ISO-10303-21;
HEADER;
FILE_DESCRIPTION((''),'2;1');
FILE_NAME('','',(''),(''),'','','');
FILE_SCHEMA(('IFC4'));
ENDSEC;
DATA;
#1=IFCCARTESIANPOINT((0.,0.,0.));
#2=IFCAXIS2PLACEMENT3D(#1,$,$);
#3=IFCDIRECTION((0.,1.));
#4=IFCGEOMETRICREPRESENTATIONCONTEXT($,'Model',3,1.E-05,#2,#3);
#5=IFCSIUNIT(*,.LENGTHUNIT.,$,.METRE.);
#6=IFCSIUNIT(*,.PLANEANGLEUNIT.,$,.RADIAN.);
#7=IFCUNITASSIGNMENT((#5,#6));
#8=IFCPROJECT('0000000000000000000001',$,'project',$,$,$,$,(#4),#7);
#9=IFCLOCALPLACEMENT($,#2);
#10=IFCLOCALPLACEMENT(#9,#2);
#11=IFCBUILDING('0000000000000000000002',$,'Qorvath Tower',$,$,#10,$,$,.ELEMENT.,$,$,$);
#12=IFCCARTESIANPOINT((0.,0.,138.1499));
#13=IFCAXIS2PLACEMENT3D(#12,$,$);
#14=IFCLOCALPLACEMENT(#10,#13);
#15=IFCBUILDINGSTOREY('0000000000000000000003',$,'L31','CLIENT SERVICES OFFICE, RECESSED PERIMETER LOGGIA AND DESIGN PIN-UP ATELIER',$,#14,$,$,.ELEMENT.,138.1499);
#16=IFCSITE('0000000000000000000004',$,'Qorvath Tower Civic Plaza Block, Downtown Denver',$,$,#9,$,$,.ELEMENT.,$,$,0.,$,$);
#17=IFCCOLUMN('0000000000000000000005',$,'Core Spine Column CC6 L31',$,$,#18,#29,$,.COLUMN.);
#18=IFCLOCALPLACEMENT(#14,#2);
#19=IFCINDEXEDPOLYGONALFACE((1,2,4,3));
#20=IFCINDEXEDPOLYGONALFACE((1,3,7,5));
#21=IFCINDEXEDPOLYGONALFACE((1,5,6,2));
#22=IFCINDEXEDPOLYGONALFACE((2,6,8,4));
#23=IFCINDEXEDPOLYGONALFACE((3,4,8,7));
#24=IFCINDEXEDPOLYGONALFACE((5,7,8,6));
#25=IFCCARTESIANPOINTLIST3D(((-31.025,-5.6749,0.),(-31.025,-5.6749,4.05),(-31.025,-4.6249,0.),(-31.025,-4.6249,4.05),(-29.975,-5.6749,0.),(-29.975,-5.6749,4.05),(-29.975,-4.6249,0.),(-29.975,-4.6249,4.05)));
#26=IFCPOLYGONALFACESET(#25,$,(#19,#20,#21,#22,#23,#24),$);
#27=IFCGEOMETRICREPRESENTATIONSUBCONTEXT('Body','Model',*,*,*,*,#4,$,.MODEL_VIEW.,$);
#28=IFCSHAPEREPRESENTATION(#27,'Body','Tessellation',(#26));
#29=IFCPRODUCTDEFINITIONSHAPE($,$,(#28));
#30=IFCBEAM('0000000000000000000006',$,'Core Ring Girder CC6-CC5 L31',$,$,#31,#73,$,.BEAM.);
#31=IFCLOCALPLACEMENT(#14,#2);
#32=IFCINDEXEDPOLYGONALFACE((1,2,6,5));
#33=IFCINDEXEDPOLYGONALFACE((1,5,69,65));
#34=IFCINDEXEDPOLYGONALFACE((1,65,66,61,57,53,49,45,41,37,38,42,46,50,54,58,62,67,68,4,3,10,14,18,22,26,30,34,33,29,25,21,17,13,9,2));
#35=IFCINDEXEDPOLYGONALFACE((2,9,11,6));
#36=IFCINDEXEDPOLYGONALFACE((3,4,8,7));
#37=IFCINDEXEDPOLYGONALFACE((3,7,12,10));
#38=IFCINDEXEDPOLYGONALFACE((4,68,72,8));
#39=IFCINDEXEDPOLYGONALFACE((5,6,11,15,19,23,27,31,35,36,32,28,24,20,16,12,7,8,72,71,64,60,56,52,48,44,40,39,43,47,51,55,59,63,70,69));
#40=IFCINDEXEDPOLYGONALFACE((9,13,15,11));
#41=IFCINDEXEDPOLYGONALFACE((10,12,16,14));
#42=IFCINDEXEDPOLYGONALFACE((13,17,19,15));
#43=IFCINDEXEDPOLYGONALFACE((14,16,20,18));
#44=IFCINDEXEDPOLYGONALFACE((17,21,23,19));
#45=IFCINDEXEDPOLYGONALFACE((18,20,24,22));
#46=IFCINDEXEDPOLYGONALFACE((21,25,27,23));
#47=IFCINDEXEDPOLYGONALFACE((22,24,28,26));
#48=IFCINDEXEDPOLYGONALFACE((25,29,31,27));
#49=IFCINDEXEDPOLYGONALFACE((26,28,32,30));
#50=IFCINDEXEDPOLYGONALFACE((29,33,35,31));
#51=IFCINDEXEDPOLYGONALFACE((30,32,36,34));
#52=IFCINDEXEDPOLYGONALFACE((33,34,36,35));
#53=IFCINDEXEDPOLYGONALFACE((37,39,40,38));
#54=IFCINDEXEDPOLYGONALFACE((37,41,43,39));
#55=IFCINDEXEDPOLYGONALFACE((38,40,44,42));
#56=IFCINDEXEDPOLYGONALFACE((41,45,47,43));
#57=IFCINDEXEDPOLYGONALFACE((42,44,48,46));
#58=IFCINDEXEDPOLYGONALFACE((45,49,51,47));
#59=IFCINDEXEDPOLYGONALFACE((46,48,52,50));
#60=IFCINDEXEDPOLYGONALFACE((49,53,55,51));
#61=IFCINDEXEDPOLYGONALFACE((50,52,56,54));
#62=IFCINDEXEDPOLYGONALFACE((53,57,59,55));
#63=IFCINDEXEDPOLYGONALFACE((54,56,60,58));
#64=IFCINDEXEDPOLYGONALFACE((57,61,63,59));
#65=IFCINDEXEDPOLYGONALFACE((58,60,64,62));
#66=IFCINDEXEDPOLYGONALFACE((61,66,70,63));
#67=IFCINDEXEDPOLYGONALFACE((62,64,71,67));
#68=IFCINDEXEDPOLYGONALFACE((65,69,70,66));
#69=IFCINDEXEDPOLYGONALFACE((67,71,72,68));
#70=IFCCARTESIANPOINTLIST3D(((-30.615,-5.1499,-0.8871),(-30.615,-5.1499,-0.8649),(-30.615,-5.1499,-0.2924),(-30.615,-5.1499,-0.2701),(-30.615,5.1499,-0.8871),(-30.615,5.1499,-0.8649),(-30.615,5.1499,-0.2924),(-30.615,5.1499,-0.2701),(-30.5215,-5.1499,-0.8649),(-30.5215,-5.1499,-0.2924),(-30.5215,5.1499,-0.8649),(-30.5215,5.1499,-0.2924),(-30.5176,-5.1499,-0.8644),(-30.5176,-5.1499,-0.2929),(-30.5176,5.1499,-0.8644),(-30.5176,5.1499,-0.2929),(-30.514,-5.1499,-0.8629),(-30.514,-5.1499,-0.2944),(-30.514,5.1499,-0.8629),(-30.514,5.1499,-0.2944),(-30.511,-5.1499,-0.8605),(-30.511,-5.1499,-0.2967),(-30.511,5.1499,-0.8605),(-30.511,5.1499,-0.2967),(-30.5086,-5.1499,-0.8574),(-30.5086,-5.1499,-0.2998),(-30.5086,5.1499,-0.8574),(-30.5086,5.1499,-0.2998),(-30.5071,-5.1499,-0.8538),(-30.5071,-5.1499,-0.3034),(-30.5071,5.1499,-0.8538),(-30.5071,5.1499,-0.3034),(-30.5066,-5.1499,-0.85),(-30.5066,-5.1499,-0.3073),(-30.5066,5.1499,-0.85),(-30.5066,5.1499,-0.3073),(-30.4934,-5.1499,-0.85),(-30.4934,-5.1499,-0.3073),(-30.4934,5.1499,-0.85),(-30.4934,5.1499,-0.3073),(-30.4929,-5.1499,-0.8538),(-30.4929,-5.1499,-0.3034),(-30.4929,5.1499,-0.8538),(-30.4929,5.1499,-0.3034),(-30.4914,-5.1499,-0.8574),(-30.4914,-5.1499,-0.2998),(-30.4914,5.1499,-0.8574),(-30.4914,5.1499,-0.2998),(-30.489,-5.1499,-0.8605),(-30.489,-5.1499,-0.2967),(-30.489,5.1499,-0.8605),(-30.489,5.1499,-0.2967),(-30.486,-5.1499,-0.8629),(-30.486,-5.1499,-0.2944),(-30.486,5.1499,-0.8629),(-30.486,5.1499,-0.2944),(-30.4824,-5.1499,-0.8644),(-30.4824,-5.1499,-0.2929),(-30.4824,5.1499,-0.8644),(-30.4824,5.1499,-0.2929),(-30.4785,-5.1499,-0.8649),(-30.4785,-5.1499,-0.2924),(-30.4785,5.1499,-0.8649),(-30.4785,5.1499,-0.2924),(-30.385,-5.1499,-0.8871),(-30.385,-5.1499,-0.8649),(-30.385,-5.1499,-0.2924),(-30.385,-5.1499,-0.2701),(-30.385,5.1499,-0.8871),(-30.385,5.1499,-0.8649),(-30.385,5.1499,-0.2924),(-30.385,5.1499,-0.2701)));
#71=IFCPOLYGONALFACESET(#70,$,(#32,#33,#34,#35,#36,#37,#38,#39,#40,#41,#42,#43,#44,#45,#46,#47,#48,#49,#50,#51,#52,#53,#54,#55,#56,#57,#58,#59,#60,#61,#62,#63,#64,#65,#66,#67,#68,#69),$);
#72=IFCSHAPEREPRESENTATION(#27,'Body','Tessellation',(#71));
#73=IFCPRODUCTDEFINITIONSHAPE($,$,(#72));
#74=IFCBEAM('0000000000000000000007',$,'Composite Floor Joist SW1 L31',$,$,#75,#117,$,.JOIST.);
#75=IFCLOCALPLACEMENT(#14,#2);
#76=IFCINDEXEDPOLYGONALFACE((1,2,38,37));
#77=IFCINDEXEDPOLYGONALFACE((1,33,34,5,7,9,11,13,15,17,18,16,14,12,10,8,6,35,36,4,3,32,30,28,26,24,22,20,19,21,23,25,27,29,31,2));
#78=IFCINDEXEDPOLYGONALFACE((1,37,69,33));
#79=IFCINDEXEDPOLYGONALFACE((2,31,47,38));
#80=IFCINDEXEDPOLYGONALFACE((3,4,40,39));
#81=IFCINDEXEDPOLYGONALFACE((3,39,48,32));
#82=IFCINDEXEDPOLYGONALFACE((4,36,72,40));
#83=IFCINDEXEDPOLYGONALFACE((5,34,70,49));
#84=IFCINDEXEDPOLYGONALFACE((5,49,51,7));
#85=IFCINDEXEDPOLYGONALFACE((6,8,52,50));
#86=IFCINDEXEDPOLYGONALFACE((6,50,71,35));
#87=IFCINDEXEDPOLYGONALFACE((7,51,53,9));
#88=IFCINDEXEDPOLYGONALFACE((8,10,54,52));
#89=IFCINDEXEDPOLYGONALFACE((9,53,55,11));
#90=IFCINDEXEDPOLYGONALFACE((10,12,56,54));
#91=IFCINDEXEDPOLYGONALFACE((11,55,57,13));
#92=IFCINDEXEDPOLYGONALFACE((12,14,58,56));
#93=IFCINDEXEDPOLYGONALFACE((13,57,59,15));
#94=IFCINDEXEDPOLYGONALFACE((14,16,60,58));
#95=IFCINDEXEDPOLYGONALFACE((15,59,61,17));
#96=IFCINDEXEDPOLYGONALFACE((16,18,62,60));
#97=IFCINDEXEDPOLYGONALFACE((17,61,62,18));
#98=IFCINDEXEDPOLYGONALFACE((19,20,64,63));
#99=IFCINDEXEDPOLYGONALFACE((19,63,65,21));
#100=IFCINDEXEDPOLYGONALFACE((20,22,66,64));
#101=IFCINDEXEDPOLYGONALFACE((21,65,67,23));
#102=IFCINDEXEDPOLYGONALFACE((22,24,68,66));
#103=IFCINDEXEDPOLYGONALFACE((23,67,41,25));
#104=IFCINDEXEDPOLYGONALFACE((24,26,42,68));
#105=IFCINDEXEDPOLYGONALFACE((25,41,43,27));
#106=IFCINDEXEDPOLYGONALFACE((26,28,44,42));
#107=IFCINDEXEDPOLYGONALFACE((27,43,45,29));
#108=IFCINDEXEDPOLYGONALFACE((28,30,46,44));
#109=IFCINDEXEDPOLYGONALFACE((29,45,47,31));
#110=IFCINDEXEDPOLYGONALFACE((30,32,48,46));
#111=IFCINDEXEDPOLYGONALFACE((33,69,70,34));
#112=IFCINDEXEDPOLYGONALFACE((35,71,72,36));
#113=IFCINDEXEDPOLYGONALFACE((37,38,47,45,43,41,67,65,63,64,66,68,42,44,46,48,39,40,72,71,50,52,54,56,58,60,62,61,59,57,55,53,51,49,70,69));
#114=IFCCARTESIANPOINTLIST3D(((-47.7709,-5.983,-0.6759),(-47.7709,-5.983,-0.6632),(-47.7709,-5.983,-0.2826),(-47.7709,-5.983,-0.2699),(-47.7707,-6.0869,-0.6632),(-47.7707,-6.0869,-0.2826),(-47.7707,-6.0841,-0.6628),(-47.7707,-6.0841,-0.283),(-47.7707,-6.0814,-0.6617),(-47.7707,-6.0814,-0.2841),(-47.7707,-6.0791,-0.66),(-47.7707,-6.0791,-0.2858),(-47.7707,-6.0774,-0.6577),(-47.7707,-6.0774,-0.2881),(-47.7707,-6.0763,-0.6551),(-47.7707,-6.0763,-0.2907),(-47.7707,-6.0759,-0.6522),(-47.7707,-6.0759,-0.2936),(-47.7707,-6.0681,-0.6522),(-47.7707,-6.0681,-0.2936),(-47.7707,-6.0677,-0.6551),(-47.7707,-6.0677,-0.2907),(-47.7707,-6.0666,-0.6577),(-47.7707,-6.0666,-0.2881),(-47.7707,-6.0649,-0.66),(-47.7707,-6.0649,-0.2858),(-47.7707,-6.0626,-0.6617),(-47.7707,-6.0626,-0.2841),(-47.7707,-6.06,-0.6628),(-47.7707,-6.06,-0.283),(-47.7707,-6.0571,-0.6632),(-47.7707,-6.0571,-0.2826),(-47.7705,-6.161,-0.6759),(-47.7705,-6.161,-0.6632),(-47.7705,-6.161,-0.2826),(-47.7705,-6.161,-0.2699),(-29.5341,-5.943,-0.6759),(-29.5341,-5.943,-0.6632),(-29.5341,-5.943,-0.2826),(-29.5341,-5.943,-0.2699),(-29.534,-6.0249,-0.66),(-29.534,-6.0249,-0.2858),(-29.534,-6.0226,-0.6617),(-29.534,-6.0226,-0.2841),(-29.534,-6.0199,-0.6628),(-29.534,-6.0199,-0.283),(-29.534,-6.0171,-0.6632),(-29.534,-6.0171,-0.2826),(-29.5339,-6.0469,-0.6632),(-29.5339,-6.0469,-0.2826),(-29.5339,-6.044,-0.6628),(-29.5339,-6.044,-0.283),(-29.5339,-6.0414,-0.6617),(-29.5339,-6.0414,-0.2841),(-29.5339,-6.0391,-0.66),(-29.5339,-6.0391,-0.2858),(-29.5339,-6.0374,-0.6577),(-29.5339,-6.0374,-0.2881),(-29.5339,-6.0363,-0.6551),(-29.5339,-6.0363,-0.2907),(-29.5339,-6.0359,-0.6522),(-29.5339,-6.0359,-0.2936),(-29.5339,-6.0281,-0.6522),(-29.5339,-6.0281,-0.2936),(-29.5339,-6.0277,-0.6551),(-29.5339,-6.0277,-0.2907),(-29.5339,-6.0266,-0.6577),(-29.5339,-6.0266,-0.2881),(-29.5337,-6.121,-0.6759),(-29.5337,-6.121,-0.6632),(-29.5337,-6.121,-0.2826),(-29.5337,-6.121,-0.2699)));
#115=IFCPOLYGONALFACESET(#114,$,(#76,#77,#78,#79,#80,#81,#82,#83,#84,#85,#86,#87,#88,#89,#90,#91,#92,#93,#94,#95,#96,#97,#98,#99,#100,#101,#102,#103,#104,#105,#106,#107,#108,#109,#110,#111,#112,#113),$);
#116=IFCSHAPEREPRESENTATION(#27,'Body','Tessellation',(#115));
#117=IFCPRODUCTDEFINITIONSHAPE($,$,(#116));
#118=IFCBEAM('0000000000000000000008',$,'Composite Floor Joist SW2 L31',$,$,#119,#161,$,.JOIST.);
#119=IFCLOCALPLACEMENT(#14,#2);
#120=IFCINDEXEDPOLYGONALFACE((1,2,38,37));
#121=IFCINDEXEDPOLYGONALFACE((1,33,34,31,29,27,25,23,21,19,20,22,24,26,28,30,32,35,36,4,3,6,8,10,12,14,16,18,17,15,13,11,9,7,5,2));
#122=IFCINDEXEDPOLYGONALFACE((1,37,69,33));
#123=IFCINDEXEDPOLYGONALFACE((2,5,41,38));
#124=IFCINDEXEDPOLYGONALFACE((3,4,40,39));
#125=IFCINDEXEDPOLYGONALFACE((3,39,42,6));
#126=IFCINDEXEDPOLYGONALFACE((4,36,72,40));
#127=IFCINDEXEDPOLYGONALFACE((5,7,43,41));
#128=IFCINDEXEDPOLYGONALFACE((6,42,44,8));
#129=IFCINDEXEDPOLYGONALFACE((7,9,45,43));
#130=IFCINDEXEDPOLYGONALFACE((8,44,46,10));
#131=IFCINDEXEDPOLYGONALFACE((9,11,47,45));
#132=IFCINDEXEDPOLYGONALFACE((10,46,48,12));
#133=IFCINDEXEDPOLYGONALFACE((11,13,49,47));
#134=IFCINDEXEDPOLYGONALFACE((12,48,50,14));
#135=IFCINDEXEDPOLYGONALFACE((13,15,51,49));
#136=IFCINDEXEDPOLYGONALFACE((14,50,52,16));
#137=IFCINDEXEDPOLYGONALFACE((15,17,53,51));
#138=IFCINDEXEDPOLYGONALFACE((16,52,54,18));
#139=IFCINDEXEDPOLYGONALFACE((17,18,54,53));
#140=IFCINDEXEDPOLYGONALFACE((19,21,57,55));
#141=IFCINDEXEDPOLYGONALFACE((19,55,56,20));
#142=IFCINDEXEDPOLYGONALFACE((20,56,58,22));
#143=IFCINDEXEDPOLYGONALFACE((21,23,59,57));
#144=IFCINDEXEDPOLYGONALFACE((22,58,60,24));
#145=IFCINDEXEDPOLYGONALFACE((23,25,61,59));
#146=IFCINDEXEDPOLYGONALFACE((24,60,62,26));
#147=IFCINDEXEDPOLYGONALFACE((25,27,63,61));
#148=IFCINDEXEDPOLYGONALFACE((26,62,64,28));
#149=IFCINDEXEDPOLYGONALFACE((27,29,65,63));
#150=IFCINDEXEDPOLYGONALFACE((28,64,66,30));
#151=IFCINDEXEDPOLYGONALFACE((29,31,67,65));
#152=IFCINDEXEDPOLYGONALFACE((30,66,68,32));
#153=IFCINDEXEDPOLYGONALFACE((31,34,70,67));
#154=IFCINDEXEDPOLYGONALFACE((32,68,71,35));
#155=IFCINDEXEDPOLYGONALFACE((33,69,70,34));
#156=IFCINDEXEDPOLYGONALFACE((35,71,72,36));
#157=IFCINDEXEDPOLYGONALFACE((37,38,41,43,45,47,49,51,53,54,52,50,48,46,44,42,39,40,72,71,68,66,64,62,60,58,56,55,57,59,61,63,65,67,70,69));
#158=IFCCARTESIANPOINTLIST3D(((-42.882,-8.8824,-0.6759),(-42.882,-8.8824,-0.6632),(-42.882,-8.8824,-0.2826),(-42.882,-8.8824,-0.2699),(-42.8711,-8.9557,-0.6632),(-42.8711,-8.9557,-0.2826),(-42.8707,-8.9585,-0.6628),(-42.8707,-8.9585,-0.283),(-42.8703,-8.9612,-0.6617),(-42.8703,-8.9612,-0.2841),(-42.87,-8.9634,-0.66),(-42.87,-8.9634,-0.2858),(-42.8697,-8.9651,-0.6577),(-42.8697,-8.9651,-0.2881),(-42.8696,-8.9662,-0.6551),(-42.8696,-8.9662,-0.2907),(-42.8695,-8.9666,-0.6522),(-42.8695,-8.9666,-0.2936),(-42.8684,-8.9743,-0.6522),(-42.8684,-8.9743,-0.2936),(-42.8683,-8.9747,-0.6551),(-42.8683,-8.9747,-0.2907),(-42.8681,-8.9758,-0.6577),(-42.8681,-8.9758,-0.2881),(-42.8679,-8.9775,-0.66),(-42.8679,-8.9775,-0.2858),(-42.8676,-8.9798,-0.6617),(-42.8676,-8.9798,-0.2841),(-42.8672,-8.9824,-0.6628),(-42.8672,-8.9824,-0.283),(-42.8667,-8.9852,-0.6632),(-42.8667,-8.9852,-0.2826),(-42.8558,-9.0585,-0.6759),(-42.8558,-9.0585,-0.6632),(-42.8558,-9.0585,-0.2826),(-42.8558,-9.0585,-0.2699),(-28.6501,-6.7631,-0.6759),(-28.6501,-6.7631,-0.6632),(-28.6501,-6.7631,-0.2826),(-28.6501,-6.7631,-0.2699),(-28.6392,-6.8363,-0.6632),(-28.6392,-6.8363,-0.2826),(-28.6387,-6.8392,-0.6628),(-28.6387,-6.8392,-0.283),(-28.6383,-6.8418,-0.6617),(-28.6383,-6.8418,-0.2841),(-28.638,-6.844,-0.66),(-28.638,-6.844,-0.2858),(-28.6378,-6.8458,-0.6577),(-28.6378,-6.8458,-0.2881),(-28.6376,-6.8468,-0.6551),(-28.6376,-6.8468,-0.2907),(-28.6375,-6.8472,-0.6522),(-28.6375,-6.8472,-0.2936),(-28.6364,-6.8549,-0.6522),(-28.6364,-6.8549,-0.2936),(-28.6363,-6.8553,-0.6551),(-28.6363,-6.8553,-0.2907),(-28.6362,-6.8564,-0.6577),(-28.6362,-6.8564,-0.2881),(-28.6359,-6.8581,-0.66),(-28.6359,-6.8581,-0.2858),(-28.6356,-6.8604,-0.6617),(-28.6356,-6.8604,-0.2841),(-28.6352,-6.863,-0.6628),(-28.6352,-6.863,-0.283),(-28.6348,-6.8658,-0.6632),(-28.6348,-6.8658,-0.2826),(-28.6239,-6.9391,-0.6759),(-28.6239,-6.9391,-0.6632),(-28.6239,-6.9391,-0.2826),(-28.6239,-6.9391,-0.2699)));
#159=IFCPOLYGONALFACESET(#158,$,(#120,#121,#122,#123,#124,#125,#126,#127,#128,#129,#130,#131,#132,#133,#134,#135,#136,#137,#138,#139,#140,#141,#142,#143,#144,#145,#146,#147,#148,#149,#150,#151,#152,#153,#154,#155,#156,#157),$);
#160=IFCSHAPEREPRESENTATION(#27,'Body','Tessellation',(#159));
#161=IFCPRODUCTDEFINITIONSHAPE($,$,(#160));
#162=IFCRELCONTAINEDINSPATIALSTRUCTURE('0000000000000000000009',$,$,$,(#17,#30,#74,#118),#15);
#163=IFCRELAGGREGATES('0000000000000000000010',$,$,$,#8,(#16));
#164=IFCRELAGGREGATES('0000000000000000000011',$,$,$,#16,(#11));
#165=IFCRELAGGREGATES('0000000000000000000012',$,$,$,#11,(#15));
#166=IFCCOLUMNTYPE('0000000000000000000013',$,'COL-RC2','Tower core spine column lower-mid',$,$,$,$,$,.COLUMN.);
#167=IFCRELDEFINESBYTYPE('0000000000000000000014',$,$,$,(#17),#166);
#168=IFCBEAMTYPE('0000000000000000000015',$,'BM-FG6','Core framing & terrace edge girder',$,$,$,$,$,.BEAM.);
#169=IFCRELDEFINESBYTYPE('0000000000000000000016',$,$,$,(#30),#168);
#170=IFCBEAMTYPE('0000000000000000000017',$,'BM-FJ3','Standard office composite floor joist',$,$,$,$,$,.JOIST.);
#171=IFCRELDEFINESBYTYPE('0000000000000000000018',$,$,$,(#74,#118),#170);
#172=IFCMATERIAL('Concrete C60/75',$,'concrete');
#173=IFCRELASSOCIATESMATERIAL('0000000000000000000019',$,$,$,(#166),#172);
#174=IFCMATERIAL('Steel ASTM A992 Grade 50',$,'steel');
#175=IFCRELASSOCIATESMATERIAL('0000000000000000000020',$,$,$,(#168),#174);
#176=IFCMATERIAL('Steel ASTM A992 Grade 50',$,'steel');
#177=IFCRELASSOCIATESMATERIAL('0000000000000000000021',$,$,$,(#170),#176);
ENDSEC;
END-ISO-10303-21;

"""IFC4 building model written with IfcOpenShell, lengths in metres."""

from ifc_helpers import new_model, si_unit, direction, frame, origin, origin_2d, place, context, subcontext, project, spatial, rectangle, i_section, extrude, material, material_profile, profile_set, type_object, element, save


model = new_model("IFC4")

# Units and contexts
model_context = context("Model", 3, precision=1e-05, world=origin(), true_north=direction((0.0, 1.0)))
body_context = subcontext(model_context, "Body", "Model", "MODEL_VIEW")
ifc_project = project(units=[si_unit("LENGTHUNIT", "METRE"), si_unit("PLANEANGLEUNIT", "RADIAN")], contexts=[model_context])

# Site, building, storey
site_placement = place(None, origin())
site = spatial("IfcSite", under=ifc_project, at=site_placement, Name="Qorvath Tower Civic Plaza Block, Downtown Denver", CompositionType="ELEMENT", RefElevation=0.0)
building_placement = place(site_placement, origin())
building = spatial("IfcBuilding", under=site, at=building_placement, Name="Qorvath Tower", CompositionType="ELEMENT")
storey_placement = place(building_placement, frame((0.0, 0.0, 138.1499)))
storey = spatial("IfcBuildingStorey", under=building, at=storey_placement, Name="L31", Description="CLIENT SERVICES OFFICE, RECESSED PERIMETER LOGGIA AND DESIGN PIN-UP ATELIER", CompositionType="ELEMENT", Elevation=138.1499)

# Column
ifc_material_1 = material(Name="Concrete C60/75", Category="concrete")
ifc_material_profile_1 = material_profile(ifc_material_1, rectangle(XDim=1.05, YDim=1.05, at=origin_2d()), Name="RC 1050x1050")
ifc_profile_set_1 = profile_set([ifc_material_profile_1], Name="Concrete C60/75")
column_type = type_object("IfcColumnType", Name="COL-RC2", Description="Tower core spine column lower-mid", PredefinedType="COLUMN", material=ifc_profile_set_1)
column_placement = place(storey_placement, frame((-30.5, -5.1499, 0.0), z_axis=(0.0, 0.0, 1.0), x_axis=(1.0, 0.0, 0.0)))
element("IfcColumn", 1, at=column_placement, inside=storey, type_object=column_type, Name="Core Spine Column CC6 L31", PredefinedType="COLUMN", context=body_context, shape_type="SweptSolid", body=[
    extrude(rectangle(XDim=1.05, YDim=1.05, at=origin_2d()), origin(), (0.0, 0.0, 1.0), 4.05),
])

# Beams
ifc_material_2 = material(Name="Steel ASTM A992 Grade 50", Category="steel")
ifc_material_profile_2 = material_profile(ifc_material_2, i_section(OverallWidth=0.23, OverallDepth=0.6169, WebThickness=0.0132, FlangeThickness=0.0222, FilletRadius=0.0149, at=origin_2d()), Name="W24x94")
ifc_profile_set_2 = profile_set([ifc_material_profile_2], Name="Steel ASTM A992 Grade 50")
beam_type_1 = type_object("IfcBeamType", Name="BM-FG6", Description="Core framing & terrace edge girder", PredefinedType="BEAM", material=ifc_profile_set_2)
beam_1_placement = place(storey_placement, frame((-30.5, -5.1499, -0.5786), z_axis=(0.0, 1.0, 0.0), x_axis=(-1.0, 0.0, 0.0)))
element("IfcBeam", 2, at=beam_1_placement, inside=storey, type_object=beam_type_1, Name="Core Ring Girder CC6-CC5 L31", PredefinedType="BEAM", context=body_context, shape_type="SweptSolid", body=[
    extrude(i_section(OverallWidth=0.23, OverallDepth=0.6169, WebThickness=0.0132, FlangeThickness=0.0222, FilletRadius=0.0149, at=origin_2d()), origin(), (0.0, 0.0, 1.0), 10.2998),
])
ifc_material_3 = material(Name="Steel ASTM A992 Grade 50", Category="steel")
ifc_material_profile_3 = material_profile(ifc_material_3, i_section(OverallWidth=0.178, OverallDepth=0.406, WebThickness=0.0078, FlangeThickness=0.0127, FilletRadius=0.011, at=origin_2d()), Name="W16x40")
ifc_profile_set_3 = profile_set([ifc_material_profile_3], Name="Steel ASTM A992 Grade 50")
beam_type_2 = type_object("IfcBeamType", Name="BM-FJ3", Description="Standard office composite floor joist", PredefinedType="JOIST", material=ifc_profile_set_3)
beam_2_placement = place(storey_placement, frame((-29.5339, -6.032, -0.4729), z_axis=(-0.999998, -0.002196, 0.0), x_axis=(0.002196, -0.999998, 0.0)))
element("IfcBeam", 3, at=beam_2_placement, inside=storey, type_object=beam_type_2, Name="Composite Floor Joist SW1 L31", PredefinedType="JOIST", context=body_context, shape_type="SweptSolid", body=[
    extrude(i_section(OverallWidth=0.178, OverallDepth=0.406, WebThickness=0.0078, FlangeThickness=0.0127, FilletRadius=0.011, at=origin_2d()), origin(), (0.0, 0.0, 1.0), 18.2368),
])
beam_3_placement = place(storey_placement, frame((-28.637, -6.8511, -0.4729), z_axis=(-0.989093, -0.147293, 0.0), x_axis=(0.147293, -0.989093, 0.0)))
element("IfcBeam", 4, at=beam_3_placement, inside=storey, type_object=beam_type_2, Name="Composite Floor Joist SW2 L31", PredefinedType="JOIST", context=body_context, shape_type="SweptSolid", body=[
    extrude(i_section(OverallWidth=0.178, OverallDepth=0.406, WebThickness=0.0078, FlangeThickness=0.0127, FilletRadius=0.011, at=origin_2d()), origin(), (0.0, 0.0, 1.0), 14.3889),
])

save(model, "model.ifc")
